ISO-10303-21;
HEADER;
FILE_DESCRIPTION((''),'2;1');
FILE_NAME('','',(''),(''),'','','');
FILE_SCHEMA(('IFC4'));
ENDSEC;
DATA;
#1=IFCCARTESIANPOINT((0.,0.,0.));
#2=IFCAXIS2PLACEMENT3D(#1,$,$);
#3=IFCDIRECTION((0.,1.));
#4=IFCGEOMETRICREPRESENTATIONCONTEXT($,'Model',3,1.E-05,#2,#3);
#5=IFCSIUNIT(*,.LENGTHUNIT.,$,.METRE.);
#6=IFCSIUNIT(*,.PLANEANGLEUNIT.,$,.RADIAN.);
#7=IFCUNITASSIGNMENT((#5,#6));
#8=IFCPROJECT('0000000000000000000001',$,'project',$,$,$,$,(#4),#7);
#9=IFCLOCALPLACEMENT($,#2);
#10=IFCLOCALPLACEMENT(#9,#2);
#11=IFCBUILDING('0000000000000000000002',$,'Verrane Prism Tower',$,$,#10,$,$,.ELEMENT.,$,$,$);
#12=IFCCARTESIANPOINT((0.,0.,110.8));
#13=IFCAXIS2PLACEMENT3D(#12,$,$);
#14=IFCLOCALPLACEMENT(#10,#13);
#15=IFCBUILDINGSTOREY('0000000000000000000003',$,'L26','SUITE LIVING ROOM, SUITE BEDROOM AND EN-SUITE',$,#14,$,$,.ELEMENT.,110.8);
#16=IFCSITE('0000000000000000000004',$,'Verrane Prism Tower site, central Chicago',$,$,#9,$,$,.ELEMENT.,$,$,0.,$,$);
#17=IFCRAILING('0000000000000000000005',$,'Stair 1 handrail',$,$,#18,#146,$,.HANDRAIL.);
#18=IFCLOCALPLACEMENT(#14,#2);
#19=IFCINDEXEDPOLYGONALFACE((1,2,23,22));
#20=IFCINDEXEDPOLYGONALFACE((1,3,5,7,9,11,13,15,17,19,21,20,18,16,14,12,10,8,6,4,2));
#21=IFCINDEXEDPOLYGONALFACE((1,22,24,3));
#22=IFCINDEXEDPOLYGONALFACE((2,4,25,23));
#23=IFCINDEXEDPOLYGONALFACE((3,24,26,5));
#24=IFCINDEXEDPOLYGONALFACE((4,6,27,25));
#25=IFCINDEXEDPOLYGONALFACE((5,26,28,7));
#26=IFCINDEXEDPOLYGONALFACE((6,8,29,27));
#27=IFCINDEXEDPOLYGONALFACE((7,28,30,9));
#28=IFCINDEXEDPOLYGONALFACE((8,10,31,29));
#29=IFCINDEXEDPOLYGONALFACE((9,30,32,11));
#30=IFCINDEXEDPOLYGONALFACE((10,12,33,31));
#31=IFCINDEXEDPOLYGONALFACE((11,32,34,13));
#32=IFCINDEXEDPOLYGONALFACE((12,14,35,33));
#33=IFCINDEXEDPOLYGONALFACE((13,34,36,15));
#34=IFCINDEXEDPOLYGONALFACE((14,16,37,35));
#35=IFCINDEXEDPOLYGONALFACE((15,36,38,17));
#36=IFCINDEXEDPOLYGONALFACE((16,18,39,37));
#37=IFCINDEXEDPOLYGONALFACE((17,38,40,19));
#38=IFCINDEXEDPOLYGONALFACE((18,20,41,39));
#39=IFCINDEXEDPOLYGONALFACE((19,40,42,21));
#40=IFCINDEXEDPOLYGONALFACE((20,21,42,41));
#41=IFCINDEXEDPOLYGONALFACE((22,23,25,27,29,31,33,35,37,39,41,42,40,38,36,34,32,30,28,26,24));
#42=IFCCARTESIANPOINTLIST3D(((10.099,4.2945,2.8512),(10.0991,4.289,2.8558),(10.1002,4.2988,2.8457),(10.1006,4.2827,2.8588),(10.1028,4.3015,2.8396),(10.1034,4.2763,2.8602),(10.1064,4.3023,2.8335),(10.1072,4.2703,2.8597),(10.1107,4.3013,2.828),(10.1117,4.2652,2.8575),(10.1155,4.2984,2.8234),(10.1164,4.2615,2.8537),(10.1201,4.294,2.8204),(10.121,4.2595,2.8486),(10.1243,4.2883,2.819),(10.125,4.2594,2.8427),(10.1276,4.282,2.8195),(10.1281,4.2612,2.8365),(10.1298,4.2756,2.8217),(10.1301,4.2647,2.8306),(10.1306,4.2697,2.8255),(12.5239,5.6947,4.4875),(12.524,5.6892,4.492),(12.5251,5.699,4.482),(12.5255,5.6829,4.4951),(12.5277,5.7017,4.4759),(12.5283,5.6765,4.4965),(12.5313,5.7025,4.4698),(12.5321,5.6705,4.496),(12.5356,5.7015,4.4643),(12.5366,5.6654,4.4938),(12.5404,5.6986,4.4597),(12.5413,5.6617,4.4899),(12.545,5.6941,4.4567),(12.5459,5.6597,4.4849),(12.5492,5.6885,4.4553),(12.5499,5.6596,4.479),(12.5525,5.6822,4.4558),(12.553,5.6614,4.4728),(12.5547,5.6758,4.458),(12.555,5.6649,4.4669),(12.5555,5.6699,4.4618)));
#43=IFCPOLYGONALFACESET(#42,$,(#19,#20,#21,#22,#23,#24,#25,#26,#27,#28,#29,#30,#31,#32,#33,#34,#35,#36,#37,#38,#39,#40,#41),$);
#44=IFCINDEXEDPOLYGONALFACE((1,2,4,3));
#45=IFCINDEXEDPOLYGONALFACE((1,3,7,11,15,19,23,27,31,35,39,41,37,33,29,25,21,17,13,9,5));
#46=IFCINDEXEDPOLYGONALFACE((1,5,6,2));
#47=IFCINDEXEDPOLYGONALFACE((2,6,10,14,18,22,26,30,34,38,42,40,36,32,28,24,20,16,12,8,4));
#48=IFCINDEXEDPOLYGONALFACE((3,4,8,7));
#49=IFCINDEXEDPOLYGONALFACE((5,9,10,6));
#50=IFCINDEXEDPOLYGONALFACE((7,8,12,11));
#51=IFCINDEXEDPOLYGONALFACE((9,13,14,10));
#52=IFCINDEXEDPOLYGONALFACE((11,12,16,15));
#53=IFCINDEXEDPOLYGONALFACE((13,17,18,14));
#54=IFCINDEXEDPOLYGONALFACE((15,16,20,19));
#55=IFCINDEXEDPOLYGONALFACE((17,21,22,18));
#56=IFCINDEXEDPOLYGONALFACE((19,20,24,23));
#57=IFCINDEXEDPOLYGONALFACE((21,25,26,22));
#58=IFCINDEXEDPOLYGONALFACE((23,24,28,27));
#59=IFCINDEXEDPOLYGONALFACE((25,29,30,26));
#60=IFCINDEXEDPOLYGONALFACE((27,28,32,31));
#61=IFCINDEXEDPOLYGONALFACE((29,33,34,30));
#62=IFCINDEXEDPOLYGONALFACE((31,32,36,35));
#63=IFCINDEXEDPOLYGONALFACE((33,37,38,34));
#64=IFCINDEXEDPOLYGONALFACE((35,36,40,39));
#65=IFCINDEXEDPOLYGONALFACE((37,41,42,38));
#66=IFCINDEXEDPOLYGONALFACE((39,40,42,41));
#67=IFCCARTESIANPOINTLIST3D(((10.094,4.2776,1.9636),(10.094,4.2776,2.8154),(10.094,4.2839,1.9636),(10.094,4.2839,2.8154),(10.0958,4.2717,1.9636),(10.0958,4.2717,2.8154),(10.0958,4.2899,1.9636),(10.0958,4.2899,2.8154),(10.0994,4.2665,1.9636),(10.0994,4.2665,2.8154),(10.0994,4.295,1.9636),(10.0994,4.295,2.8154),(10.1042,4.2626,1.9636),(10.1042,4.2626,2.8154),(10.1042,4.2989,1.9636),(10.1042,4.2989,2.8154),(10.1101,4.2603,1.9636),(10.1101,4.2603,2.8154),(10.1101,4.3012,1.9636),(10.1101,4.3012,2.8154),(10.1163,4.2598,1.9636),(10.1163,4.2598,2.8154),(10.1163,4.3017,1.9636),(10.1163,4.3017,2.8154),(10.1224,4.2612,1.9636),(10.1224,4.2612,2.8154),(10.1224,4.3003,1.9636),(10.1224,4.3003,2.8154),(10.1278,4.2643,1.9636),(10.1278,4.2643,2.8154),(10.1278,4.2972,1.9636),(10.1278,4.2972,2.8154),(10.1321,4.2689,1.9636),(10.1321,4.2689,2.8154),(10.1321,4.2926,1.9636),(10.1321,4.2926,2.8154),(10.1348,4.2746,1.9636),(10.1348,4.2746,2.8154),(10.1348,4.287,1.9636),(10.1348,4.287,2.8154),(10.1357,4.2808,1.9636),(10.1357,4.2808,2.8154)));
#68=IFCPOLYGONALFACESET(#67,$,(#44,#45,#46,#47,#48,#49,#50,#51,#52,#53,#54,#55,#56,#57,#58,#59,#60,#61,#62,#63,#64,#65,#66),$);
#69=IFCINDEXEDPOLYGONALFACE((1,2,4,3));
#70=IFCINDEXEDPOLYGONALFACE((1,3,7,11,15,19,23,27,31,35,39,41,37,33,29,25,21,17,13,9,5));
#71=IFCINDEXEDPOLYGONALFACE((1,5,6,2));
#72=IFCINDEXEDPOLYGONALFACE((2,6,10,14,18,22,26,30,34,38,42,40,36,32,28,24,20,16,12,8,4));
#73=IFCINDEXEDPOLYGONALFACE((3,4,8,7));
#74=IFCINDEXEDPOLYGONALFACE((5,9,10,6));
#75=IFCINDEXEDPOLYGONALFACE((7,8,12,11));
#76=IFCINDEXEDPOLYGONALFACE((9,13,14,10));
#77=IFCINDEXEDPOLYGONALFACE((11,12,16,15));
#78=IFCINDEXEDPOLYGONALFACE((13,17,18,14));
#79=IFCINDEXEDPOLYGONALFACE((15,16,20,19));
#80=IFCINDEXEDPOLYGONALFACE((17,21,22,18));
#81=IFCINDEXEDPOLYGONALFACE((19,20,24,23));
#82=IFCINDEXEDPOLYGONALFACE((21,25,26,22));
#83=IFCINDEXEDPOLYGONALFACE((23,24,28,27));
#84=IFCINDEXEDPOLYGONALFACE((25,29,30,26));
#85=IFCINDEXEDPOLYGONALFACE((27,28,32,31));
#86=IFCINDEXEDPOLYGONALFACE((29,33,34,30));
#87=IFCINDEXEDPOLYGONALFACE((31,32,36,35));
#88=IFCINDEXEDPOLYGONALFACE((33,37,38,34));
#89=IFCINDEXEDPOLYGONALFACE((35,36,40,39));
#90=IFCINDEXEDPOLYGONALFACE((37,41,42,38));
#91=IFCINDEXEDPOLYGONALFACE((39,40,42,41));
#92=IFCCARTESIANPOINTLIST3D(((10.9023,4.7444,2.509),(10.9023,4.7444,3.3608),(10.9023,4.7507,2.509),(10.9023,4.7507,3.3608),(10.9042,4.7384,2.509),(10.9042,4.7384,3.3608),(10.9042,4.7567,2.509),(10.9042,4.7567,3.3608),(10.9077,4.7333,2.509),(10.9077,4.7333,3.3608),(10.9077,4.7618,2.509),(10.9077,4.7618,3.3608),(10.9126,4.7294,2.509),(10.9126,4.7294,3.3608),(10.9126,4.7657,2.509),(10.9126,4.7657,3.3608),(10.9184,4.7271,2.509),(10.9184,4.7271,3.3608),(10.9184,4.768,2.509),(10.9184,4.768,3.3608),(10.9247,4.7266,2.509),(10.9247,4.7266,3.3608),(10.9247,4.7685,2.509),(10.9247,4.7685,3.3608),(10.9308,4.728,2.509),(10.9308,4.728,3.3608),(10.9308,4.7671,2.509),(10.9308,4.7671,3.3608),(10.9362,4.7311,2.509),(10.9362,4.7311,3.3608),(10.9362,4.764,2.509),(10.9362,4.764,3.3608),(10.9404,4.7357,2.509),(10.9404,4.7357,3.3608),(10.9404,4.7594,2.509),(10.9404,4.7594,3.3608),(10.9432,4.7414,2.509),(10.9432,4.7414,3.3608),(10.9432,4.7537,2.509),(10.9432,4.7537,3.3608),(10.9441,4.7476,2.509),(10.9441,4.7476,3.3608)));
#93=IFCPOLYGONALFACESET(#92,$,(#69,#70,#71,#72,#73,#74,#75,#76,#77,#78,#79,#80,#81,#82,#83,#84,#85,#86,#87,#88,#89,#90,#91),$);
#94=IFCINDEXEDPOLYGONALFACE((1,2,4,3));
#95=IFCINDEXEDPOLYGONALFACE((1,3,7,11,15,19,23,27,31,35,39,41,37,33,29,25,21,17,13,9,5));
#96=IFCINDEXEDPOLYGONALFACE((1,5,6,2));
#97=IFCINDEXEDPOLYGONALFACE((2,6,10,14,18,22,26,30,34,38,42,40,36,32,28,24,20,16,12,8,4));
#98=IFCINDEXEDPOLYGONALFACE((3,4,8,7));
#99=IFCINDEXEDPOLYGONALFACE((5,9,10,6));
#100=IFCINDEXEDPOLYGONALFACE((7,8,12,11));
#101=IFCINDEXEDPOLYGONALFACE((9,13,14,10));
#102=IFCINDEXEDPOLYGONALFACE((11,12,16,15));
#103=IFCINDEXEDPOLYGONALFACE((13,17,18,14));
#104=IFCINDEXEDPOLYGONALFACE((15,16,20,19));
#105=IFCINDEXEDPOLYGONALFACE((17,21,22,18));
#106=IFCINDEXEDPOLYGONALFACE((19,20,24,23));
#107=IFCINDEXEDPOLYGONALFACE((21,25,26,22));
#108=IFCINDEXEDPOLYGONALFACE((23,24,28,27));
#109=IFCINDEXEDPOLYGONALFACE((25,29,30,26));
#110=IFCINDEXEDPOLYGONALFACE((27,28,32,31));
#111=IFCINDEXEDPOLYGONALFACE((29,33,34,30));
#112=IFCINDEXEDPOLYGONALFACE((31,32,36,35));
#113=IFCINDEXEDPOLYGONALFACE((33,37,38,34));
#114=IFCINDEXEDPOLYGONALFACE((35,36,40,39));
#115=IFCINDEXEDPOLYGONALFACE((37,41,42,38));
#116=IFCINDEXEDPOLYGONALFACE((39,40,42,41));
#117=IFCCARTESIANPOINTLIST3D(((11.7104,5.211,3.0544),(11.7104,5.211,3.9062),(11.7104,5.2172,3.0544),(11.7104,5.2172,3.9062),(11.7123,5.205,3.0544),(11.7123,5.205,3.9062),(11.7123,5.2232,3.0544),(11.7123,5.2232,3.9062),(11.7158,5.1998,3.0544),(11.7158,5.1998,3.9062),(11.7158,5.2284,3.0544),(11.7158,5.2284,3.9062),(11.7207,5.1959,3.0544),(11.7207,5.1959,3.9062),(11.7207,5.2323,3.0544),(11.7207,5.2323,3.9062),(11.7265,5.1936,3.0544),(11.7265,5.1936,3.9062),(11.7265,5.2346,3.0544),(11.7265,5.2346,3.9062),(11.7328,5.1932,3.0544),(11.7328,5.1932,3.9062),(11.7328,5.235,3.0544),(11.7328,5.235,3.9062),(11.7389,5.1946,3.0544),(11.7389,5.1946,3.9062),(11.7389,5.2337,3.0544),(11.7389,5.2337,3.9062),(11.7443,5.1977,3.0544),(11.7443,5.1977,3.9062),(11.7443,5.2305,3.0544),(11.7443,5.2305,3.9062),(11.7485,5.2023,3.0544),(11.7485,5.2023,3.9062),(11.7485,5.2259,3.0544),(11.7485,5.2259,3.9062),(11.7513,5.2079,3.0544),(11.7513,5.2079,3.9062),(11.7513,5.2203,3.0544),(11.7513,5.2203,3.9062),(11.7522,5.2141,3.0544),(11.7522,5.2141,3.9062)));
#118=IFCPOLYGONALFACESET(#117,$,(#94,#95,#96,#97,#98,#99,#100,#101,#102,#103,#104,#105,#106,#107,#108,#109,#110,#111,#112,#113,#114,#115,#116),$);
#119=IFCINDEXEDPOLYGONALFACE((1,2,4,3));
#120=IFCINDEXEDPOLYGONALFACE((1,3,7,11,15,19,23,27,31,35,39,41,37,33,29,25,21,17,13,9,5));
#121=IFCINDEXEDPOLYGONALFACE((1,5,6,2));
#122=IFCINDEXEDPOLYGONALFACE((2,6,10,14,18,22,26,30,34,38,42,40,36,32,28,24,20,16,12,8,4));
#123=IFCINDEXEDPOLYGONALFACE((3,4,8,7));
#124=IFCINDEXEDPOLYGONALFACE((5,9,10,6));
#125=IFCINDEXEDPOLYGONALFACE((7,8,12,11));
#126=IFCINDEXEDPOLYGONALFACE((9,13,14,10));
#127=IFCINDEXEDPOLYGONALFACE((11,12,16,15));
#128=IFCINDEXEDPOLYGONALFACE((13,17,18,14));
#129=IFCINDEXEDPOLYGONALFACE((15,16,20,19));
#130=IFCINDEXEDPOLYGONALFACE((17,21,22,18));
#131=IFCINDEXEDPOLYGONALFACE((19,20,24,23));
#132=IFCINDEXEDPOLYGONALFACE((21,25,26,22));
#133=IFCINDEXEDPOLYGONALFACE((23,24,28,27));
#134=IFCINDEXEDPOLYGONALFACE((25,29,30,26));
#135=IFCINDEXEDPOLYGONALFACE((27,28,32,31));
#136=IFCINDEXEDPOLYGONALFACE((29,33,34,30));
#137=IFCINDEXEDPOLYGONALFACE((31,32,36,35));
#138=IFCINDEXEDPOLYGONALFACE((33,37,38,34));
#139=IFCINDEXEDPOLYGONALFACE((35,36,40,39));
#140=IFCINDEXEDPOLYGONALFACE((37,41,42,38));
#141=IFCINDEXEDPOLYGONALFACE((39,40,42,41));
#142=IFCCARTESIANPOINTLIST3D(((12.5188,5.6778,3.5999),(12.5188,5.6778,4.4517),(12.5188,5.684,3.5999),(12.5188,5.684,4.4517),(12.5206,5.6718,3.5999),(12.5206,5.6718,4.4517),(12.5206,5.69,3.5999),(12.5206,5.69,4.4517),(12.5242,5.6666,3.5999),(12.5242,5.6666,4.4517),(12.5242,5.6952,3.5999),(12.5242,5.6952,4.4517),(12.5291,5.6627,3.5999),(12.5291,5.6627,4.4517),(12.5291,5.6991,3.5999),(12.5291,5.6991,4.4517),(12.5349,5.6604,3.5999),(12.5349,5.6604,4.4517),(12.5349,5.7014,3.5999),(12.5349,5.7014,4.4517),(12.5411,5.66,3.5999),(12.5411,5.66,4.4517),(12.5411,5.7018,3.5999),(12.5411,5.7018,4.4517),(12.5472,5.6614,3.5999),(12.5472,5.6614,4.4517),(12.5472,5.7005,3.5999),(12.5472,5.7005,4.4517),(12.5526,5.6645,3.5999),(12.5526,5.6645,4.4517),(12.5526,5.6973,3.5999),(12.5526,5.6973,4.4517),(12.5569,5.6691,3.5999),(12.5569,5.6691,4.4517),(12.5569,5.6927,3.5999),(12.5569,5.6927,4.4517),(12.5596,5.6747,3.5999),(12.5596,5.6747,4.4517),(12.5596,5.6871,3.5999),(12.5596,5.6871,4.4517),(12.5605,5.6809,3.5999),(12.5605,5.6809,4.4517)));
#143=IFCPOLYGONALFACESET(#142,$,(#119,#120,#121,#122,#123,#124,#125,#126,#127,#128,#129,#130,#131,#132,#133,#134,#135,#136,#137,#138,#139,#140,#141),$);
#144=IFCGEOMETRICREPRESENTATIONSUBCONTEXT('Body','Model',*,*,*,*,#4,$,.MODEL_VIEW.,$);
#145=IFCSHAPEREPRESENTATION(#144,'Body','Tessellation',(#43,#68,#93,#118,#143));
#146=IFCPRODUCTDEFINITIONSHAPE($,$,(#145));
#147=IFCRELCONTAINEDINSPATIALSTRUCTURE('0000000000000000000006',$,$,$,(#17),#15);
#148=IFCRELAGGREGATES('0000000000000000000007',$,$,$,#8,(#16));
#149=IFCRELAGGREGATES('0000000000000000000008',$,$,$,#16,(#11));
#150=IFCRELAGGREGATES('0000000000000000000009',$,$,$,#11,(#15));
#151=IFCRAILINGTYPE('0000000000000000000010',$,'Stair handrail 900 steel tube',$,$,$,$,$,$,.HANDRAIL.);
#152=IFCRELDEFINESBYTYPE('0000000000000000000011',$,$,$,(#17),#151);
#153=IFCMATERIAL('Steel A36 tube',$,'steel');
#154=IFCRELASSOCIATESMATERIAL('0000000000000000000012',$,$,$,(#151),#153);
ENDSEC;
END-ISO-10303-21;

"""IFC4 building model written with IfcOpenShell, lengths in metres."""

from ifc_helpers import new_model, si_unit, direction, frame, origin, origin_2d, place, context, subcontext, project, spatial, circle, extrude, material, type_object, element, save


model = new_model("IFC4")

# Units and contexts
model_context = context("Model", 3, precision=1e-05, world=origin(), true_north=direction((0.0, 1.0)))
body_context = subcontext(model_context, "Body", "Model", "MODEL_VIEW")
ifc_project = project(units=[si_unit("LENGTHUNIT", "METRE"), si_unit("PLANEANGLEUNIT", "RADIAN")], contexts=[model_context])

# Site, building, storey
site_placement = place(None, origin())
site = spatial("IfcSite", under=ifc_project, at=site_placement, Name="Verrane Prism Tower site, central Chicago", CompositionType="ELEMENT", RefElevation=0.0)
building_placement = place(site_placement, origin())
building = spatial("IfcBuilding", under=site, at=building_placement, Name="Verrane Prism Tower", CompositionType="ELEMENT")
storey_placement = place(building_placement, frame((0.0, 0.0, 110.8)))
storey = spatial("IfcBuildingStorey", under=building, at=storey_placement, Name="L26", Description="SUITE LIVING ROOM, SUITE BEDROOM AND EN-SUITE", CompositionType="ELEMENT", Elevation=110.8)

# Railing
ifc_material_1 = material(Name="Steel A36 tube", Category="steel")
railing_type_1 = type_object("IfcRailingType", Name="Stair handrail 900 steel tube", PredefinedType="HANDRAIL", material=ifc_material_1)
railing_1_placement = place(storey_placement, frame((10.1147, 4.2808, 1.9636)))
element("IfcRailing", 1, at=railing_1_placement, inside=storey, type_object=railing_type_1, Name="Stair 1 handrail", PredefinedType="HANDRAIL", context=body_context, shape_type="SweptSolid", body=[
    extrude(circle(Radius=0.0239, at=origin_2d()), frame((0.0, 0.0, 0.876), z_axis=(0.747694, 0.431738, 0.504535), x_axis=(-0.50005, 0.865997, 0.0)), (0.0, 0.0, 1.0), 3.2432),
    extrude(circle(Radius=0.021, at=origin_2d()), origin(), (0.0, 0.0, 1.0), 0.8518),
    extrude(circle(Radius=0.021, at=origin_2d()), frame((0.8083, 0.4668, 0.5454)), (0.0, 0.0, 1.0), 0.8518),
    extrude(circle(Radius=0.021, at=origin_2d()), frame((1.6165, 0.9333, 1.0908)), (0.0, 0.0, 1.0), 0.8518),
    extrude(circle(Radius=0.021, at=origin_2d()), frame((2.4248, 1.4001, 1.6362)), (0.0, 0.0, 1.0), 0.8518),
])

save(model, "model.ifc")
